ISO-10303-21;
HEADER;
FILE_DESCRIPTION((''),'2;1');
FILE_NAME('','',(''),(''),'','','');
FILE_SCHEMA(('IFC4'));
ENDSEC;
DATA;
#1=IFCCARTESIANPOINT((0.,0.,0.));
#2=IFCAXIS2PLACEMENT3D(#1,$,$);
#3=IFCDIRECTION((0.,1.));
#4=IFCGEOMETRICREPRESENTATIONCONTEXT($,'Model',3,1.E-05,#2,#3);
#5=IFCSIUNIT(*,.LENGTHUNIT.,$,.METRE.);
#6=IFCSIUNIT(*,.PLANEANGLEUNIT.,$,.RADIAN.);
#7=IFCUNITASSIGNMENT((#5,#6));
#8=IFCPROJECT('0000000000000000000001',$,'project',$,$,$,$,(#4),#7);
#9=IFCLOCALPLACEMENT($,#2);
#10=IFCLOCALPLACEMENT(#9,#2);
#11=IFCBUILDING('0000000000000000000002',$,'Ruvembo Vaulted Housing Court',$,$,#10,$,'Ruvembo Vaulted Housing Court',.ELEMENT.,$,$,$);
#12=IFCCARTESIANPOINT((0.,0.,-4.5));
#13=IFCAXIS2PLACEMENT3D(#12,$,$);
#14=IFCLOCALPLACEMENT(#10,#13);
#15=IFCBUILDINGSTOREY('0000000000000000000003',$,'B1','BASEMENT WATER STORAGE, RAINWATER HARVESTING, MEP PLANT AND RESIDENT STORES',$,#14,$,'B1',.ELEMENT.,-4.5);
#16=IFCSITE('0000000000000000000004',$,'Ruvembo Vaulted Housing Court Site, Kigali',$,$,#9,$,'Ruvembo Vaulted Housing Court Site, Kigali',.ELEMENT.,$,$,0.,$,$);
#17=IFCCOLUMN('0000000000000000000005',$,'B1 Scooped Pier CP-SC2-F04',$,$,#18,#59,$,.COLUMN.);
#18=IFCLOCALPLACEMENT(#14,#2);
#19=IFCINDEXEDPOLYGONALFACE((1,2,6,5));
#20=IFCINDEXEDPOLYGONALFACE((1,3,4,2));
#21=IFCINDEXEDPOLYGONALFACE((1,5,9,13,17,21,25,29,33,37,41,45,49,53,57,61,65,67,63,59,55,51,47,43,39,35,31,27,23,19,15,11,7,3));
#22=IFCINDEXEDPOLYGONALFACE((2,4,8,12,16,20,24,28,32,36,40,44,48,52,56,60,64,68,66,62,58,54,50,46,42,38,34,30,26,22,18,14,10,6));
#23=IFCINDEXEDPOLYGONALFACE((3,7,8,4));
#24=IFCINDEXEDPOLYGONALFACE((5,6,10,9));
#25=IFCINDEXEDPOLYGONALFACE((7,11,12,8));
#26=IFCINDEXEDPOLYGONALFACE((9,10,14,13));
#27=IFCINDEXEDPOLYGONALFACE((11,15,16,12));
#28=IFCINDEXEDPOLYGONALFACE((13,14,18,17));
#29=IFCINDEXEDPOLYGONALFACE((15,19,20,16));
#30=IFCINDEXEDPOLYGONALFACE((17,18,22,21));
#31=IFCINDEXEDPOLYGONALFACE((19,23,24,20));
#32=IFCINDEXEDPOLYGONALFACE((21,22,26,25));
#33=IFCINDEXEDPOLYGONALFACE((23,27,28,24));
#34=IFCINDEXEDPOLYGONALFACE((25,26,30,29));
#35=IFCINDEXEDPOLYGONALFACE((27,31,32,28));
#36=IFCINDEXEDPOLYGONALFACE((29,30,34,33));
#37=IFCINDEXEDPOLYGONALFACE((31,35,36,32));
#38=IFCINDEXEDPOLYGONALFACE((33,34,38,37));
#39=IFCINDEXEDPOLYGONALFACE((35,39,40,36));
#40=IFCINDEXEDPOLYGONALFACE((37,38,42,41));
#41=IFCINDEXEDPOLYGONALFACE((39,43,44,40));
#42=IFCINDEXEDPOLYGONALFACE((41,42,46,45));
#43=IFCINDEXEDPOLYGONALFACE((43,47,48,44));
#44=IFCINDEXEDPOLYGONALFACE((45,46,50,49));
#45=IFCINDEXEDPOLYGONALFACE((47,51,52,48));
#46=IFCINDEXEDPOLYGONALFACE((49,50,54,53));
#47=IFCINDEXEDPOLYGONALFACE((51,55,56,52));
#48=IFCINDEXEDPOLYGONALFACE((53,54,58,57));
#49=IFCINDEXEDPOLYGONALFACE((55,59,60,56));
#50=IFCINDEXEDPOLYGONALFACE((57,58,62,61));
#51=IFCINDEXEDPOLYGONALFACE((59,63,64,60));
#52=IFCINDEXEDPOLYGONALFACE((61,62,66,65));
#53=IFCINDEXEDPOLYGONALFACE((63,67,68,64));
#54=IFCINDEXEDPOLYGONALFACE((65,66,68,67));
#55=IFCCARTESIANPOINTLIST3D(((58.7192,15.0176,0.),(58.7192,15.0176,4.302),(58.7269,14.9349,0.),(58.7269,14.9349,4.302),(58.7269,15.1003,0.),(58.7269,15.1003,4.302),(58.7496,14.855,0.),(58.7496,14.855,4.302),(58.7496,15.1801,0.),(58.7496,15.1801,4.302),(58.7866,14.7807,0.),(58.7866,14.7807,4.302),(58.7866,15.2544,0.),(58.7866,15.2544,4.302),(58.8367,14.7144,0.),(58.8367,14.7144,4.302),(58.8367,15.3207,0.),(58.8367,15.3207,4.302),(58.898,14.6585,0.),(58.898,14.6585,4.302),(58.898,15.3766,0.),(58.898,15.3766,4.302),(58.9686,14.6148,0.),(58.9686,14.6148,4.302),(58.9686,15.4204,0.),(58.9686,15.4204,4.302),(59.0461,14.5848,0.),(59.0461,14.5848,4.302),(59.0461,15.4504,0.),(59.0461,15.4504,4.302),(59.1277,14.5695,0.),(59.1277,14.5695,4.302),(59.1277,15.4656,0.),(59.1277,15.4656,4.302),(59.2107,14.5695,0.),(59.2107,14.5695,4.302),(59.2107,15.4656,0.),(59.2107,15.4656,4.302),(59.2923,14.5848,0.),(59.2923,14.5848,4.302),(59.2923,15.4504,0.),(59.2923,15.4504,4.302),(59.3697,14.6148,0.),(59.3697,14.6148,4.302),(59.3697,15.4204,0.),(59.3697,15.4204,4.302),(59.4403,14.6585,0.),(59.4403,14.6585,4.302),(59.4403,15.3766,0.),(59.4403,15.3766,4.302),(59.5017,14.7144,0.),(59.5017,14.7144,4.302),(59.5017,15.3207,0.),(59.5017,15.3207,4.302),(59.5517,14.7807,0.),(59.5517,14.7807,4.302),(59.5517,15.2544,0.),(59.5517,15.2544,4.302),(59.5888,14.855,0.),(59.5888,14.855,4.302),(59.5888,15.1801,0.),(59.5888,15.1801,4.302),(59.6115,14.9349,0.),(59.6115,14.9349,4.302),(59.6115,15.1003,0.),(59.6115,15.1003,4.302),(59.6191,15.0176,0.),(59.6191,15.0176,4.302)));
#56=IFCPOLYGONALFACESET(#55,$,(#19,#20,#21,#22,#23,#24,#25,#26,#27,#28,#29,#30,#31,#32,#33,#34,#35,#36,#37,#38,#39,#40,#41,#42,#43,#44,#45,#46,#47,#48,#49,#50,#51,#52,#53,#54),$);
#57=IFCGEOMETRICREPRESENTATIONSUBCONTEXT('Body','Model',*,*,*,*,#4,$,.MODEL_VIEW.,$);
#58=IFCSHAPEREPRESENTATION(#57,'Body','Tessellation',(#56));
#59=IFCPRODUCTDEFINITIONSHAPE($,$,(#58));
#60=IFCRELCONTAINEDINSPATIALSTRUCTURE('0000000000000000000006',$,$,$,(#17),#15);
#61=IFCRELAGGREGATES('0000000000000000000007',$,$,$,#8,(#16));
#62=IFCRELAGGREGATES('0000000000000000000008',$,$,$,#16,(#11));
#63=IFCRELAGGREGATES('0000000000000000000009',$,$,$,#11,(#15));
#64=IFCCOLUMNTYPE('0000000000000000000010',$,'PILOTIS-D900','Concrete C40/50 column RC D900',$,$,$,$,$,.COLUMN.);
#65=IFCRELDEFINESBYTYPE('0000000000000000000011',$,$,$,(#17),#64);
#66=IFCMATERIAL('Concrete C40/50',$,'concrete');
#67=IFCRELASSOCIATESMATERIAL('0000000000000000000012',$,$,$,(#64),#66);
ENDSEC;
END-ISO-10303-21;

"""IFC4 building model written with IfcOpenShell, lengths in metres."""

from ifc_helpers import new_model, si_unit, direction, frame, origin, origin_2d, place, context, subcontext, project, spatial, circle, extrude, material, material_profile, profile_set, type_object, element, save


model = new_model("IFC4")

# Units and contexts
model_context = context("Model", 3, precision=1e-05, world=origin(), true_north=direction((0.0, 1.0)))
body_context = subcontext(model_context, "Body", "Model", "MODEL_VIEW")
ifc_project = project(units=[si_unit("LENGTHUNIT", "METRE"), si_unit("PLANEANGLEUNIT", "RADIAN")], contexts=[model_context])

# Site, building, storey
site_placement = place(None, origin())
site = spatial("IfcSite", under=ifc_project, at=site_placement, Name="Ruvembo Vaulted Housing Court Site, Kigali", LongName="Ruvembo Vaulted Housing Court Site, Kigali", CompositionType="ELEMENT", RefElevation=0.0)
building_placement = place(site_placement, origin())
building = spatial("IfcBuilding", under=site, at=building_placement, Name="Ruvembo Vaulted Housing Court", LongName="Ruvembo Vaulted Housing Court", CompositionType="ELEMENT")
storey_placement = place(building_placement, frame((0.0, 0.0, -4.5)))
storey = spatial("IfcBuildingStorey", under=building, at=storey_placement, Name="B1", Description="BASEMENT WATER STORAGE, RAINWATER HARVESTING, MEP PLANT AND RESIDENT STORES", LongName="B1", CompositionType="ELEMENT", Elevation=-4.5)

# Column
ifc_material_1 = material(Name="Concrete C40/50", Category="concrete")
ifc_material_profile_1 = material_profile(ifc_material_1, circle(Radius=0.45, at=origin_2d()), Name="RC D900")
ifc_profile_set_1 = profile_set([ifc_material_profile_1], Name="Concrete C40/50")
column_type_1 = type_object("IfcColumnType", Name="PILOTIS-D900", Description="Concrete C40/50 column RC D900", PredefinedType="COLUMN", material=ifc_profile_set_1)
column_placement = place(storey_placement, frame((59.1692, 15.0176, 0.0), z_axis=(0.0, 0.0, 1.0), x_axis=(1.0, 0.0, 0.0)))
element("IfcColumn", 1, at=column_placement, inside=storey, type_object=column_type_1, Name="B1 Scooped Pier CP-SC2-F04", PredefinedType="COLUMN", context=body_context, shape_type="SweptSolid", body=[
    extrude(circle(Radius=0.45, at=origin_2d()), origin(), (0.0, 0.0, 1.0), 4.302),
])

save(model, "model.ifc")
